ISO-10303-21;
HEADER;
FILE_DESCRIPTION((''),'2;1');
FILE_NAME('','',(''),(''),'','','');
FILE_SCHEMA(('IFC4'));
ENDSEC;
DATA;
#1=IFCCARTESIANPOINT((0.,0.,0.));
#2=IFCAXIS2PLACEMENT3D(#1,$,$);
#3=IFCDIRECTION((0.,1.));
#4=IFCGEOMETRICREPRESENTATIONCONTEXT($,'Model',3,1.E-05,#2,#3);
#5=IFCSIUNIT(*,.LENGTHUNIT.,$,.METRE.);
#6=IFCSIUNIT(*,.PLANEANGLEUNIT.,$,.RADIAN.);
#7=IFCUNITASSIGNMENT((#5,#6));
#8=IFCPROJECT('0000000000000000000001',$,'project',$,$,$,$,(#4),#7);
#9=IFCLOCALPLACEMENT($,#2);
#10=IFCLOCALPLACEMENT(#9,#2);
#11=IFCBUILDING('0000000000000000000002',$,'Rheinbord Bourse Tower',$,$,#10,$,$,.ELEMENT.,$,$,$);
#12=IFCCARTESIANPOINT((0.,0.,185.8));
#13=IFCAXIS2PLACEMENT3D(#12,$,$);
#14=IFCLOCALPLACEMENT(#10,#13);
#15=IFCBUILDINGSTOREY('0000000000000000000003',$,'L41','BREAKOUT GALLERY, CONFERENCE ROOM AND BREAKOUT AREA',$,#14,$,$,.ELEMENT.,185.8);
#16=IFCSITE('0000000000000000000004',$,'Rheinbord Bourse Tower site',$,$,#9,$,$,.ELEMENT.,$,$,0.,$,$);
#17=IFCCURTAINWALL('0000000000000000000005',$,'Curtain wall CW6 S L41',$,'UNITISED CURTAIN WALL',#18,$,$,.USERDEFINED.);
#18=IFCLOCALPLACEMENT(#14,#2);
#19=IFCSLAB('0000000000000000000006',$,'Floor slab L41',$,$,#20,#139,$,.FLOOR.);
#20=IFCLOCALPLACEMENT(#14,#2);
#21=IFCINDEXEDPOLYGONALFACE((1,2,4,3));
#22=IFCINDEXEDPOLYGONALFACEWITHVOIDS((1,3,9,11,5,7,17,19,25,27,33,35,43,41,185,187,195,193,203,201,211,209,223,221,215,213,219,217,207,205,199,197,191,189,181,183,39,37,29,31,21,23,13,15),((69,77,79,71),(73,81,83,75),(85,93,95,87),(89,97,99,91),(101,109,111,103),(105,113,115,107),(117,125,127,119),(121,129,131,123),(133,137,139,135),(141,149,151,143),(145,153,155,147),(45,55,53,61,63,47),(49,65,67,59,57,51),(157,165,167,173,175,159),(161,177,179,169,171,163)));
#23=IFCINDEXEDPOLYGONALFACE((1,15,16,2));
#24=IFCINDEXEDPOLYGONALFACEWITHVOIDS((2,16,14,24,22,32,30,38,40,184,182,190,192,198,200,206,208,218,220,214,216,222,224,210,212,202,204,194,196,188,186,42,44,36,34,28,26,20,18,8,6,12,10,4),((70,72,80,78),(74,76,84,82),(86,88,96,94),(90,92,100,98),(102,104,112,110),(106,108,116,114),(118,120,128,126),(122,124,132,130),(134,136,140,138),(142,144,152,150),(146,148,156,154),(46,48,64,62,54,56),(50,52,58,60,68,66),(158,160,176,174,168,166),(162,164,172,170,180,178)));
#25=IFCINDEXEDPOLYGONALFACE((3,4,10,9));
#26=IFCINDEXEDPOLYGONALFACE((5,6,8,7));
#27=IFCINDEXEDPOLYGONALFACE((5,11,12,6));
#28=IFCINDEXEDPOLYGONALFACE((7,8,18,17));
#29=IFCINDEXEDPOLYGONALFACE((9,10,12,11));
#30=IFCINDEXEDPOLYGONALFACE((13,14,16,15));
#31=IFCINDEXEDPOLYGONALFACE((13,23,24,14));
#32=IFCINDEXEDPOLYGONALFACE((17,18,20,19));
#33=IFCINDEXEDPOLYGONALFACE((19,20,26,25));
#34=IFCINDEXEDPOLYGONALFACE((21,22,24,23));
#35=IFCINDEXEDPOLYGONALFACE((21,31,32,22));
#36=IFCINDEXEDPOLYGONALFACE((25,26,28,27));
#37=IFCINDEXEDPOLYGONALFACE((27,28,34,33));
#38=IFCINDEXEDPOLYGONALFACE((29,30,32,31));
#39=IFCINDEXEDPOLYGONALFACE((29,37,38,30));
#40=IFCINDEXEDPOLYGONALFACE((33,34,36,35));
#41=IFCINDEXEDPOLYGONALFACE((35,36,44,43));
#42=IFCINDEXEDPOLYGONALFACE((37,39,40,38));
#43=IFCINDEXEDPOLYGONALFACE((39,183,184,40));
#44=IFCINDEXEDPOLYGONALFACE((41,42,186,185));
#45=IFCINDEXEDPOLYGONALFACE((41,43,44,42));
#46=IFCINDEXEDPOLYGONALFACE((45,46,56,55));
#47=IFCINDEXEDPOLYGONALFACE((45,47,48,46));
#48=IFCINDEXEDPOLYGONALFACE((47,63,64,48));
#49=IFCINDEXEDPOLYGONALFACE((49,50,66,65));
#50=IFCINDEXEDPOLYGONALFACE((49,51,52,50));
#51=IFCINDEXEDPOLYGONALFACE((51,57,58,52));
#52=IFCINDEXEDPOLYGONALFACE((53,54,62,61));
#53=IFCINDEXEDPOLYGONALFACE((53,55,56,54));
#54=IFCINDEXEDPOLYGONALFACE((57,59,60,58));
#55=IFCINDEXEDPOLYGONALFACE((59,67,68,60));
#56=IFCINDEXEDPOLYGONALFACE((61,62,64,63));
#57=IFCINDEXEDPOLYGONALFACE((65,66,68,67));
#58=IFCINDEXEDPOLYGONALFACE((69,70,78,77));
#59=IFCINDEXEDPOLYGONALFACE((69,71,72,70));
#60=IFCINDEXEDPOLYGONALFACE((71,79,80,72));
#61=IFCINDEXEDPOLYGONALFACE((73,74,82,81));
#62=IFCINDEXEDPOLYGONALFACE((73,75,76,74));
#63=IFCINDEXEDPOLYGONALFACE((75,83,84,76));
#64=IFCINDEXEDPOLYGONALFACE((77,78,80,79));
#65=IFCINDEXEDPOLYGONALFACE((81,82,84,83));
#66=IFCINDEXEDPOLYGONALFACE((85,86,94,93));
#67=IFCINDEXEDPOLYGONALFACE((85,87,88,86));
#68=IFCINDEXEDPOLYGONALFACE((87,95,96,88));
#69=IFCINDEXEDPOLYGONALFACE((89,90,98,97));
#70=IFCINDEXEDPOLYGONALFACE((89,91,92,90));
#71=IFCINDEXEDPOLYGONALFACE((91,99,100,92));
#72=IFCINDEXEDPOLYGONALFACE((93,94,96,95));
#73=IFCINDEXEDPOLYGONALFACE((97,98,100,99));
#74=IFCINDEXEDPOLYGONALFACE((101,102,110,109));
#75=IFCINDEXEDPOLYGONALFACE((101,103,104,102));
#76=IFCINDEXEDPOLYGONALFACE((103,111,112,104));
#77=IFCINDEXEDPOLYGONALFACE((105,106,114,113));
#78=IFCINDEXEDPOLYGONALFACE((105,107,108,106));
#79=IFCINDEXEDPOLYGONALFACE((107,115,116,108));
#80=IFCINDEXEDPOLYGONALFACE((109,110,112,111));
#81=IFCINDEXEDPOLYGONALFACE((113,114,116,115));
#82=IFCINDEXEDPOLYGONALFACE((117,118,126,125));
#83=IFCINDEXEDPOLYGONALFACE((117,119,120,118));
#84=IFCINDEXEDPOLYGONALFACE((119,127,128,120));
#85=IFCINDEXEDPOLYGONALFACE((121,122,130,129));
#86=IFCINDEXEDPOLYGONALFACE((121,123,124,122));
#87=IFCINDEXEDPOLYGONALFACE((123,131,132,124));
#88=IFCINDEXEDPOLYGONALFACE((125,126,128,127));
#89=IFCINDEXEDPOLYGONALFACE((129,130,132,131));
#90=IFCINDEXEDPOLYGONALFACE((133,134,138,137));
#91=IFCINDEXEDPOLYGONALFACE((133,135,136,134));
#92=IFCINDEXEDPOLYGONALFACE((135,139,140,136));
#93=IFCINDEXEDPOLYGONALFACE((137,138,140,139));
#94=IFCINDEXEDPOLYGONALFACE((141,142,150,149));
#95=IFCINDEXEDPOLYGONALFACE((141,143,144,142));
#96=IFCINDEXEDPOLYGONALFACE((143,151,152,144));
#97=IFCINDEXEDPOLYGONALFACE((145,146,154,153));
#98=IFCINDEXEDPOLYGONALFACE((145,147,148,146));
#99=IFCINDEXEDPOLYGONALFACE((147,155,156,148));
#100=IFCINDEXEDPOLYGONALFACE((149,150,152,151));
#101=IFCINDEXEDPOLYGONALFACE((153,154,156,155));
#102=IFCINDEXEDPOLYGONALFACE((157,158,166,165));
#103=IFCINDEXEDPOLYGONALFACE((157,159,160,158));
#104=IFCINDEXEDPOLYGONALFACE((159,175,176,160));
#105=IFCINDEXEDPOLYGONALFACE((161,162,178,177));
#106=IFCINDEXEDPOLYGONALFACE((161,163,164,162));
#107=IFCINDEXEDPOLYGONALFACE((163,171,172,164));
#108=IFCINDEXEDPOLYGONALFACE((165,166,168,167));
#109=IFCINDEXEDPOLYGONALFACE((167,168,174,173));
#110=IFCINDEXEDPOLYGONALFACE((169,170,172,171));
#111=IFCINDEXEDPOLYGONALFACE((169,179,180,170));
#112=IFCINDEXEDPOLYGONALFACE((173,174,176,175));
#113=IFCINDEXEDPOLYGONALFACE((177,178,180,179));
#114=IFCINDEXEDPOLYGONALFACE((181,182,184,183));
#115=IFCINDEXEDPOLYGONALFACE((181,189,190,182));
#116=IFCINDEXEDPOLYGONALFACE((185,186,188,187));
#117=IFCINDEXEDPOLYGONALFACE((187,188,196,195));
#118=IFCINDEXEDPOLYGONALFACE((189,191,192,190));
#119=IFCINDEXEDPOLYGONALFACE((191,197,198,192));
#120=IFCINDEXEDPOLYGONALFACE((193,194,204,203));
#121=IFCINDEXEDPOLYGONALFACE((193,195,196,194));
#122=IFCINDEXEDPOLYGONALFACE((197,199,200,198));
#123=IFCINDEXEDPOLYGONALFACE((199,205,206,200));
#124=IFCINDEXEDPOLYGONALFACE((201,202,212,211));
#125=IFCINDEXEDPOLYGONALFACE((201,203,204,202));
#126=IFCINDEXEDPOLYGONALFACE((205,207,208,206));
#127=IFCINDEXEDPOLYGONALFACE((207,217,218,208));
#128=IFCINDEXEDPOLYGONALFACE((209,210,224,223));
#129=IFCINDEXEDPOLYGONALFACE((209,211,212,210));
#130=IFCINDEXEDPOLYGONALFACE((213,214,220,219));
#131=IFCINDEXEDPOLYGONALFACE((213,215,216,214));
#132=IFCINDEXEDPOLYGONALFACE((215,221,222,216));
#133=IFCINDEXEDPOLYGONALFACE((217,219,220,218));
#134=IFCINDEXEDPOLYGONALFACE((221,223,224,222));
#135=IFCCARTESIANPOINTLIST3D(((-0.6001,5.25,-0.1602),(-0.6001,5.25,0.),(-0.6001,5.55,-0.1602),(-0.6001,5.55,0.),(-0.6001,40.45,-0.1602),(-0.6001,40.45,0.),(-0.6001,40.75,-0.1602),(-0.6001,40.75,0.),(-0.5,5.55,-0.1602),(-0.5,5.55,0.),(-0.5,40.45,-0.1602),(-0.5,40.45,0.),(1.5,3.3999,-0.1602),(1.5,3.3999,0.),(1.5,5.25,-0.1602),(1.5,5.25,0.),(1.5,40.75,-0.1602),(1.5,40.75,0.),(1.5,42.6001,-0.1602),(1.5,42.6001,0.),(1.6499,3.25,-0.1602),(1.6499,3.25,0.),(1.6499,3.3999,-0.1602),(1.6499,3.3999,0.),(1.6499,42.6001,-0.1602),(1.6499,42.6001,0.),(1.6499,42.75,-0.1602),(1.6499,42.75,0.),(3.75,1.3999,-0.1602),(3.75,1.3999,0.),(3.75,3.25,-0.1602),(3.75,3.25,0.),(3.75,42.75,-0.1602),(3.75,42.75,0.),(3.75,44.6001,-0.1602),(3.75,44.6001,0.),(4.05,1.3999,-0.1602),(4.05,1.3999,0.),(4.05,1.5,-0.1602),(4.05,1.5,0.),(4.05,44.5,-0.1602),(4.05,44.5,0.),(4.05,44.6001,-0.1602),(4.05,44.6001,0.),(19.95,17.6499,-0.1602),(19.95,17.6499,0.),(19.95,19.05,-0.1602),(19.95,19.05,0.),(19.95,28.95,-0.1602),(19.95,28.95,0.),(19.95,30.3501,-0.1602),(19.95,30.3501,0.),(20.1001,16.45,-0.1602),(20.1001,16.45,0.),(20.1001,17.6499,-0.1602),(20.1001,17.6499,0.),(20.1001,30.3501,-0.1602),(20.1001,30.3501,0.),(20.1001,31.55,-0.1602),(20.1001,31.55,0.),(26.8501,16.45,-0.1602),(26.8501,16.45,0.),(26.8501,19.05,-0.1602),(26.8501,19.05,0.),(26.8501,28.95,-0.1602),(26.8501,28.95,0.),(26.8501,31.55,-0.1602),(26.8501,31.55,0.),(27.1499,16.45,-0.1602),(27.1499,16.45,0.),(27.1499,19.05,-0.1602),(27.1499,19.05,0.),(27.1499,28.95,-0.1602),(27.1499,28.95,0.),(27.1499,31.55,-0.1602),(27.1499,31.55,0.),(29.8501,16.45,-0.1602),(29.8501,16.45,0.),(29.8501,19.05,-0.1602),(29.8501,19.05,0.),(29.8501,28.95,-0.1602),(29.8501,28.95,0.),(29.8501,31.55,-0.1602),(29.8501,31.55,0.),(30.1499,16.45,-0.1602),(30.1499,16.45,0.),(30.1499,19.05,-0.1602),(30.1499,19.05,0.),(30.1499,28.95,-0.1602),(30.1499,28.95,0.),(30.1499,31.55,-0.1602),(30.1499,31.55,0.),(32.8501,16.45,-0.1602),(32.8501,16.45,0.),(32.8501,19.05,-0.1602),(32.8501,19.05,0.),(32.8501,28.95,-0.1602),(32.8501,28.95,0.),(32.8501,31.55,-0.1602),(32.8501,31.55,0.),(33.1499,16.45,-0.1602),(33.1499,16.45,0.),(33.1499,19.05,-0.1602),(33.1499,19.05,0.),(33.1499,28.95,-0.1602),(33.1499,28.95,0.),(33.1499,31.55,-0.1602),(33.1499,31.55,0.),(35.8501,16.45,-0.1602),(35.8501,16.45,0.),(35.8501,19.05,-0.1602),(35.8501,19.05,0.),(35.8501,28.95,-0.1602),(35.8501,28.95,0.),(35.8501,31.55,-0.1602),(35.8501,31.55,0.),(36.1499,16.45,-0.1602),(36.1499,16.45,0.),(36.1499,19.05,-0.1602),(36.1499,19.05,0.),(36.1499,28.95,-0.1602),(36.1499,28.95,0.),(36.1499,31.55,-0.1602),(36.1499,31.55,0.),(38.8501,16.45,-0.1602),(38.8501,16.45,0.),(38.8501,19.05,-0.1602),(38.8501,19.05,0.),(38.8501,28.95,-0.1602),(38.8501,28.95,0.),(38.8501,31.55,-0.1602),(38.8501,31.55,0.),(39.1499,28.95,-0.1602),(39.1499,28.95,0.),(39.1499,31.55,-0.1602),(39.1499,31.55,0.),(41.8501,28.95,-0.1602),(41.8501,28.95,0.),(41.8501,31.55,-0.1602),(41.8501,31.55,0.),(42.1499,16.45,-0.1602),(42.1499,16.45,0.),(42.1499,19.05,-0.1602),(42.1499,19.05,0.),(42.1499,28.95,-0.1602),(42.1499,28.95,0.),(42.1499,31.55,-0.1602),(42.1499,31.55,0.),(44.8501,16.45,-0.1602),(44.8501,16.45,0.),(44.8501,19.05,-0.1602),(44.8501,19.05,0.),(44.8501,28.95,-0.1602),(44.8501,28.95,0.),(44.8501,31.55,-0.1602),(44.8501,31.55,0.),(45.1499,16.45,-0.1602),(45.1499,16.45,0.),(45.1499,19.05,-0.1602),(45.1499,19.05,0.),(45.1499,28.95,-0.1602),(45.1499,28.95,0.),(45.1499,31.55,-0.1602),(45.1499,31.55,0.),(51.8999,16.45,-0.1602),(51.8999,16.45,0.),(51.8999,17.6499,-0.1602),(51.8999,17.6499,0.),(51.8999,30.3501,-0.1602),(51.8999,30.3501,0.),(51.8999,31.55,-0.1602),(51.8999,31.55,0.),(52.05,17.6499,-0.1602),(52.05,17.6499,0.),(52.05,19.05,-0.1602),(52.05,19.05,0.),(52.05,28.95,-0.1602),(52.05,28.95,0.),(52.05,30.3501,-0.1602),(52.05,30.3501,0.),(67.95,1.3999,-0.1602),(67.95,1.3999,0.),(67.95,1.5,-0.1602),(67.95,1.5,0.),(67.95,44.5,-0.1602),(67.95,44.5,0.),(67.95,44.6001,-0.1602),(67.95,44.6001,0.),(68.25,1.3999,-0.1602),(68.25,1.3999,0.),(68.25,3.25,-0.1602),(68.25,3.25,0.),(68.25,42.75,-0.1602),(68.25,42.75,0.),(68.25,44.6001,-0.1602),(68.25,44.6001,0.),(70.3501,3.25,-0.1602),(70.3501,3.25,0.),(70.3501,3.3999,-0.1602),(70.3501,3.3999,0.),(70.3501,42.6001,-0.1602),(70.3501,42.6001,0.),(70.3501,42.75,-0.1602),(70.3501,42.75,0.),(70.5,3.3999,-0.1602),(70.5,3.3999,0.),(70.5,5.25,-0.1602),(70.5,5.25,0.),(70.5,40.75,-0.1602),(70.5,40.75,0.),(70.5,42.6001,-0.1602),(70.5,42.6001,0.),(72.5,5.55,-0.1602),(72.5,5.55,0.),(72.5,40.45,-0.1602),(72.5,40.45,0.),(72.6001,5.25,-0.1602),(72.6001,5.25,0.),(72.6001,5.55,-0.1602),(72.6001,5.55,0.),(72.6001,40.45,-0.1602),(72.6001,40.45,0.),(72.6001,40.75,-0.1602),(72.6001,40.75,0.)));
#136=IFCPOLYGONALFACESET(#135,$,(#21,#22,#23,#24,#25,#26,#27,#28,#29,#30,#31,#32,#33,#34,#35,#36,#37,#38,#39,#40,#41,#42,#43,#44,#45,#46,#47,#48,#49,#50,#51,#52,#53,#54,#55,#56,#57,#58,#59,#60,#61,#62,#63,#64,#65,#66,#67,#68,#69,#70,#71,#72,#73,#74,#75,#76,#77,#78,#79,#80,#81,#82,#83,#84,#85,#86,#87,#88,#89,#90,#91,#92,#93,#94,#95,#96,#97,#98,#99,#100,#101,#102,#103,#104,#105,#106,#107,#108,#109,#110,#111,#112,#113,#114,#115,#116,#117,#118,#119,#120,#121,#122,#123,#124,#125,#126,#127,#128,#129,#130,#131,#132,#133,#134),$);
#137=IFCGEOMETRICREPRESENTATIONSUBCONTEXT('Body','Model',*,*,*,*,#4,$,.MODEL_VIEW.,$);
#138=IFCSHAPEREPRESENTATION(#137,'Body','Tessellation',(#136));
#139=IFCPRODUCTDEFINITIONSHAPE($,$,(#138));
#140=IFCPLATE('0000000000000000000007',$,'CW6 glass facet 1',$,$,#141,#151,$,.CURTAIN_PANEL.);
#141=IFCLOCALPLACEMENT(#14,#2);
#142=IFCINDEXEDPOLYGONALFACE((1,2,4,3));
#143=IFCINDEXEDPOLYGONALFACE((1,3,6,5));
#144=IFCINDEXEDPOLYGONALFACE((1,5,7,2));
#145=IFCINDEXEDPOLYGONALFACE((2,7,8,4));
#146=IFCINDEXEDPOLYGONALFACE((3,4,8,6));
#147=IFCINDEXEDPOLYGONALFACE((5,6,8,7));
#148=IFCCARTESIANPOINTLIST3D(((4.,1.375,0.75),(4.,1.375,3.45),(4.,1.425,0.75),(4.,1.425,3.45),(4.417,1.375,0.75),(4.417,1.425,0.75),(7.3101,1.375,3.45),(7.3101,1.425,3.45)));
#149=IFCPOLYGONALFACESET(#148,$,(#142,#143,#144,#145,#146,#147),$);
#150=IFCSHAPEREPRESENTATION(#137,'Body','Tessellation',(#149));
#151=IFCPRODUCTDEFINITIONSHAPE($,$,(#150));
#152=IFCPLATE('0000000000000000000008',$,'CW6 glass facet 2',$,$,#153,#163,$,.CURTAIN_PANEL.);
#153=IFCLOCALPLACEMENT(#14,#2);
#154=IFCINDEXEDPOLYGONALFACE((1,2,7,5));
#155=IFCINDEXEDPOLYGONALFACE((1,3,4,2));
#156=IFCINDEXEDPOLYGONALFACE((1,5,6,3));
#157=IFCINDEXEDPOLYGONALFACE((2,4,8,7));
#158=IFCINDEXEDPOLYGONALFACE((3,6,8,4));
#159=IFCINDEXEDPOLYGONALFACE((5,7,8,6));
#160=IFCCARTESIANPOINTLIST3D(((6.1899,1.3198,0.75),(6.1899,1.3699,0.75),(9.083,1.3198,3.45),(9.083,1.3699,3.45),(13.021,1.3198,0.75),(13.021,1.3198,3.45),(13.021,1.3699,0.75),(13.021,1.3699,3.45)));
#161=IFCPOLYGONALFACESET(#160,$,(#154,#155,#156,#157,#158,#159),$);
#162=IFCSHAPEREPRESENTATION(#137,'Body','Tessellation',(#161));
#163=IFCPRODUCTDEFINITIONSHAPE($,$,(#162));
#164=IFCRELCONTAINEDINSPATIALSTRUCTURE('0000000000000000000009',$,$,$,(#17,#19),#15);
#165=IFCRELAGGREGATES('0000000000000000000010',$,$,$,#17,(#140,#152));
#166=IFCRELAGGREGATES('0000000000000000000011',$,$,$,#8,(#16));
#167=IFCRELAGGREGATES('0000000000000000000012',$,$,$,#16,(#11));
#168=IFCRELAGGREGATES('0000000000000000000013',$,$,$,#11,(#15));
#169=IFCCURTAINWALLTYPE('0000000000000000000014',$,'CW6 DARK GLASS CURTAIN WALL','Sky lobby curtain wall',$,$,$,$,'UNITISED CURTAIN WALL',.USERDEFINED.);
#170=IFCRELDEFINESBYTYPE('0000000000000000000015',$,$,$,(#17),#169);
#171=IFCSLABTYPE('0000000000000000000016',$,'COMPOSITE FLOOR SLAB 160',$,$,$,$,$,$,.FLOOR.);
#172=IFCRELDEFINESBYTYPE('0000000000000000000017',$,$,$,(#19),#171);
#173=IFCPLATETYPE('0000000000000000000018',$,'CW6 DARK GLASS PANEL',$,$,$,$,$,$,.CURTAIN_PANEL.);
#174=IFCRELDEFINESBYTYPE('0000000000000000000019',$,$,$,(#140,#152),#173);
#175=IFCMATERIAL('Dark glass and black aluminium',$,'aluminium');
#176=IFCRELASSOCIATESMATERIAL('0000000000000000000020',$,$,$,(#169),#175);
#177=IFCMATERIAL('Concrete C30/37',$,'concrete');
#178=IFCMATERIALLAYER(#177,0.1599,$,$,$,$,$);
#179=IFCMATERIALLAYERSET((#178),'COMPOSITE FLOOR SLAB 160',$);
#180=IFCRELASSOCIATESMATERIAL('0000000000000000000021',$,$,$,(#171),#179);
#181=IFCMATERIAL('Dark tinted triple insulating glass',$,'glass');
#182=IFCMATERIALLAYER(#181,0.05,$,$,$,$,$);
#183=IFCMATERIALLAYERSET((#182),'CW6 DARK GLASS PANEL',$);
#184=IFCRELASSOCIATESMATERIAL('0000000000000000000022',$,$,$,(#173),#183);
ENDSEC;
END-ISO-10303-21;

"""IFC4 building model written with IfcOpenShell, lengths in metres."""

from ifc_helpers import new_model, si_unit, direction, frame, origin, place, context, subcontext, project, spatial, polyline, outline, extrude, material, layer, layer_set, type_object, element, aggregate, save


model = new_model("IFC4")

# Units and contexts
model_context = context("Model", 3, precision=1e-05, world=origin(), true_north=direction((0.0, 1.0)))
body_context = subcontext(model_context, "Body", "Model", "MODEL_VIEW")
ifc_project = project(units=[si_unit("LENGTHUNIT", "METRE"), si_unit("PLANEANGLEUNIT", "RADIAN")], contexts=[model_context])

# Site, building, storey
site_placement = place(None, origin())
site = spatial("IfcSite", under=ifc_project, at=site_placement, Name="Rheinbord Bourse Tower site", CompositionType="ELEMENT", RefElevation=0.0)
building_placement = place(site_placement, origin())
building = spatial("IfcBuilding", under=site, at=building_placement, Name="Rheinbord Bourse Tower", CompositionType="ELEMENT")
storey_placement = place(building_placement, frame((0.0, 0.0, 185.8)))
storey = spatial("IfcBuildingStorey", under=building, at=storey_placement, Name="L41", Description="BREAKOUT GALLERY, CONFERENCE ROOM AND BREAKOUT AREA", CompositionType="ELEMENT", Elevation=185.8)

# Curtain wall
ifc_material_1 = material(Name="Dark glass and black aluminium", Category="aluminium")
curtain_wall_type = type_object("IfcCurtainWallType", Name="CW6 DARK GLASS CURTAIN WALL", Description="Sky lobby curtain wall", ElementType="UNITISED CURTAIN WALL", PredefinedType="USERDEFINED", material=ifc_material_1)
curtain_wall_placement = place(storey_placement, origin())
curtain_wall = element("IfcCurtainWall", 1, at=curtain_wall_placement, inside=storey, type_object=curtain_wall_type, Name="Curtain wall CW6 S L41", ObjectType="UNITISED CURTAIN WALL", PredefinedType="USERDEFINED")

# Slab
ifc_material_2 = material(Name="Concrete C30/37", Category="concrete")
ifc_layer_1 = layer(ifc_material_2, 0.1599)
ifc_layer_set_1 = layer_set([ifc_layer_1], Name="COMPOSITE FLOOR SLAB 160")
slab_type_1 = type_object("IfcSlabType", Name="COMPOSITE FLOOR SLAB 160", PredefinedType="FLOOR", material=ifc_layer_set_1)
slab_1_placement = place(storey_placement, frame((0.0, 0.0, -0.1602)))
element("IfcSlab", 2, at=slab_1_placement, inside=storey, type_object=slab_type_1, Name="Floor slab L41", PredefinedType="FLOOR", context=body_context, shape_type="SweptSolid", body=[
    extrude(outline(polyline([(1.6499, 3.3999), (1.5, 3.3999), (1.5, 5.25), (-0.6001, 5.25), (-0.6001, 5.55), (-0.5, 5.55), (-0.5, 40.45), (-0.6001, 40.45), (-0.6001, 40.75), (1.5, 40.75), (1.5, 42.6001), (1.6499, 42.6001), (1.6499, 42.75), (3.75, 42.75), (3.75, 44.6001), (4.05, 44.6001), (4.05, 44.5), (67.95, 44.5), (67.95, 44.6001), (68.25, 44.6001), (68.25, 42.75), (70.3501, 42.75), (70.3501, 42.6001), (70.5, 42.6001), (70.5, 40.75), (72.6001, 40.75), (72.6001, 40.45), (72.5, 40.45), (72.5, 5.55), (72.6001, 5.55), (72.6001, 5.25), (70.5, 5.25), (70.5, 3.3999), (70.3501, 3.3999), (70.3501, 3.25), (68.25, 3.25), (68.25, 1.3999), (67.95, 1.3999), (67.95, 1.5), (4.05, 1.5), (4.05, 1.3999), (3.75, 1.3999), (3.75, 3.25), (1.6499, 3.25), (1.6499, 3.3999)]), holes=[polyline([(19.95, 19.05), (26.8501, 19.05), (26.8501, 16.45), (20.1001, 16.45), (20.1001, 17.6499), (19.95, 17.6499), (19.95, 19.05)]), polyline([(26.8501, 31.55), (26.8501, 28.95), (19.95, 28.95), (19.95, 30.3501), (20.1001, 30.3501), (20.1001, 31.55), (26.8501, 31.55)]), polyline([(45.1499, 16.45), (45.1499, 19.05), (52.05, 19.05), (52.05, 17.6499), (51.8999, 17.6499), (51.8999, 16.45), (45.1499, 16.45)]), polyline([(52.05, 28.95), (45.1499, 28.95), (45.1499, 31.55), (51.8999, 31.55), (51.8999, 30.3501), (52.05, 30.3501), (52.05, 28.95)]), polyline([(27.1499, 16.45), (27.1499, 19.05), (29.8501, 19.05), (29.8501, 16.45), (27.1499, 16.45)]), polyline([(27.1499, 28.95), (27.1499, 31.55), (29.8501, 31.55), (29.8501, 28.95), (27.1499, 28.95)]), polyline([(30.1499, 16.45), (30.1499, 19.05), (32.8501, 19.05), (32.8501, 16.45), (30.1499, 16.45)]), polyline([(30.1499, 28.95), (30.1499, 31.55), (32.8501, 31.55), (32.8501, 28.95), (30.1499, 28.95)]), polyline([(33.1499, 16.45), (33.1499, 19.05), (35.8501, 19.05), (35.8501, 16.45), (33.1499, 16.45)]), polyline([(33.1499, 28.95), (33.1499, 31.55), (35.8501, 31.55), (35.8501, 28.95), (33.1499, 28.95)]), polyline([(36.1499, 16.45), (36.1499, 19.05), (38.8501, 19.05), (38.8501, 16.45), (36.1499, 16.45)]), polyline([(36.1499, 28.95), (36.1499, 31.55), (38.8501, 31.55), (38.8501, 28.95), (36.1499, 28.95)]), polyline([(39.1499, 28.95), (39.1499, 31.55), (41.8501, 31.55), (41.8501, 28.95), (39.1499, 28.95)]), polyline([(42.1499, 16.45), (42.1499, 19.05), (44.8501, 19.05), (44.8501, 16.45), (42.1499, 16.45)]), polyline([(42.1499, 28.95), (42.1499, 31.55), (44.8501, 31.55), (44.8501, 28.95), (42.1499, 28.95)])]), origin(), (0.0, 0.0, 1.0), 0.1602),
])

# Plates
ifc_material_3 = material(Name="Dark tinted triple insulating glass", Category="glass")
ifc_layer_2 = layer(ifc_material_3, 0.05)
ifc_layer_set_2 = layer_set([ifc_layer_2], Name="CW6 DARK GLASS PANEL")
plate_type = type_object("IfcPlateType", Name="CW6 DARK GLASS PANEL", PredefinedType="CURTAIN_PANEL", material=ifc_layer_set_2)
plate_1_placement = place(storey_placement, frame((4.0, 1.375, 0.75), z_axis=(0.0, 1.0, 0.0), x_axis=(0.0, 0.0, 1.0)))
plate_1 = element("IfcPlate", 3, at=plate_1_placement, type_object=plate_type, Name="CW6 glass facet 1", PredefinedType="CURTAIN_PANEL", context=body_context, shape_type="SweptSolid", body=[
    extrude(outline(polyline([(0.0, 0.0), (2.7, 0.0), (2.7, 3.3101), (0.0, 0.417), (0.0, 0.0)])), origin(), (0.0, 0.0, 1.0), 0.05),
])
plate_2_placement = place(storey_placement, frame((13.021, 1.3198, 3.45), z_axis=(0.0, 1.0, 0.0), x_axis=(0.0, 0.0, -1.0)))
plate_2 = element("IfcPlate", 4, at=plate_2_placement, type_object=plate_type, Name="CW6 glass facet 2", PredefinedType="CURTAIN_PANEL", context=body_context, shape_type="SweptSolid", body=[
    extrude(outline(polyline([(0.0, 0.0), (2.7, 0.0), (2.7, 6.8311), (0.0, 3.938), (0.0, 0.0)])), origin(), (0.0, 0.0, 1.0), 0.05),
])
aggregate(curtain_wall, [plate_1, plate_2])

save(model, "model.ifc")
